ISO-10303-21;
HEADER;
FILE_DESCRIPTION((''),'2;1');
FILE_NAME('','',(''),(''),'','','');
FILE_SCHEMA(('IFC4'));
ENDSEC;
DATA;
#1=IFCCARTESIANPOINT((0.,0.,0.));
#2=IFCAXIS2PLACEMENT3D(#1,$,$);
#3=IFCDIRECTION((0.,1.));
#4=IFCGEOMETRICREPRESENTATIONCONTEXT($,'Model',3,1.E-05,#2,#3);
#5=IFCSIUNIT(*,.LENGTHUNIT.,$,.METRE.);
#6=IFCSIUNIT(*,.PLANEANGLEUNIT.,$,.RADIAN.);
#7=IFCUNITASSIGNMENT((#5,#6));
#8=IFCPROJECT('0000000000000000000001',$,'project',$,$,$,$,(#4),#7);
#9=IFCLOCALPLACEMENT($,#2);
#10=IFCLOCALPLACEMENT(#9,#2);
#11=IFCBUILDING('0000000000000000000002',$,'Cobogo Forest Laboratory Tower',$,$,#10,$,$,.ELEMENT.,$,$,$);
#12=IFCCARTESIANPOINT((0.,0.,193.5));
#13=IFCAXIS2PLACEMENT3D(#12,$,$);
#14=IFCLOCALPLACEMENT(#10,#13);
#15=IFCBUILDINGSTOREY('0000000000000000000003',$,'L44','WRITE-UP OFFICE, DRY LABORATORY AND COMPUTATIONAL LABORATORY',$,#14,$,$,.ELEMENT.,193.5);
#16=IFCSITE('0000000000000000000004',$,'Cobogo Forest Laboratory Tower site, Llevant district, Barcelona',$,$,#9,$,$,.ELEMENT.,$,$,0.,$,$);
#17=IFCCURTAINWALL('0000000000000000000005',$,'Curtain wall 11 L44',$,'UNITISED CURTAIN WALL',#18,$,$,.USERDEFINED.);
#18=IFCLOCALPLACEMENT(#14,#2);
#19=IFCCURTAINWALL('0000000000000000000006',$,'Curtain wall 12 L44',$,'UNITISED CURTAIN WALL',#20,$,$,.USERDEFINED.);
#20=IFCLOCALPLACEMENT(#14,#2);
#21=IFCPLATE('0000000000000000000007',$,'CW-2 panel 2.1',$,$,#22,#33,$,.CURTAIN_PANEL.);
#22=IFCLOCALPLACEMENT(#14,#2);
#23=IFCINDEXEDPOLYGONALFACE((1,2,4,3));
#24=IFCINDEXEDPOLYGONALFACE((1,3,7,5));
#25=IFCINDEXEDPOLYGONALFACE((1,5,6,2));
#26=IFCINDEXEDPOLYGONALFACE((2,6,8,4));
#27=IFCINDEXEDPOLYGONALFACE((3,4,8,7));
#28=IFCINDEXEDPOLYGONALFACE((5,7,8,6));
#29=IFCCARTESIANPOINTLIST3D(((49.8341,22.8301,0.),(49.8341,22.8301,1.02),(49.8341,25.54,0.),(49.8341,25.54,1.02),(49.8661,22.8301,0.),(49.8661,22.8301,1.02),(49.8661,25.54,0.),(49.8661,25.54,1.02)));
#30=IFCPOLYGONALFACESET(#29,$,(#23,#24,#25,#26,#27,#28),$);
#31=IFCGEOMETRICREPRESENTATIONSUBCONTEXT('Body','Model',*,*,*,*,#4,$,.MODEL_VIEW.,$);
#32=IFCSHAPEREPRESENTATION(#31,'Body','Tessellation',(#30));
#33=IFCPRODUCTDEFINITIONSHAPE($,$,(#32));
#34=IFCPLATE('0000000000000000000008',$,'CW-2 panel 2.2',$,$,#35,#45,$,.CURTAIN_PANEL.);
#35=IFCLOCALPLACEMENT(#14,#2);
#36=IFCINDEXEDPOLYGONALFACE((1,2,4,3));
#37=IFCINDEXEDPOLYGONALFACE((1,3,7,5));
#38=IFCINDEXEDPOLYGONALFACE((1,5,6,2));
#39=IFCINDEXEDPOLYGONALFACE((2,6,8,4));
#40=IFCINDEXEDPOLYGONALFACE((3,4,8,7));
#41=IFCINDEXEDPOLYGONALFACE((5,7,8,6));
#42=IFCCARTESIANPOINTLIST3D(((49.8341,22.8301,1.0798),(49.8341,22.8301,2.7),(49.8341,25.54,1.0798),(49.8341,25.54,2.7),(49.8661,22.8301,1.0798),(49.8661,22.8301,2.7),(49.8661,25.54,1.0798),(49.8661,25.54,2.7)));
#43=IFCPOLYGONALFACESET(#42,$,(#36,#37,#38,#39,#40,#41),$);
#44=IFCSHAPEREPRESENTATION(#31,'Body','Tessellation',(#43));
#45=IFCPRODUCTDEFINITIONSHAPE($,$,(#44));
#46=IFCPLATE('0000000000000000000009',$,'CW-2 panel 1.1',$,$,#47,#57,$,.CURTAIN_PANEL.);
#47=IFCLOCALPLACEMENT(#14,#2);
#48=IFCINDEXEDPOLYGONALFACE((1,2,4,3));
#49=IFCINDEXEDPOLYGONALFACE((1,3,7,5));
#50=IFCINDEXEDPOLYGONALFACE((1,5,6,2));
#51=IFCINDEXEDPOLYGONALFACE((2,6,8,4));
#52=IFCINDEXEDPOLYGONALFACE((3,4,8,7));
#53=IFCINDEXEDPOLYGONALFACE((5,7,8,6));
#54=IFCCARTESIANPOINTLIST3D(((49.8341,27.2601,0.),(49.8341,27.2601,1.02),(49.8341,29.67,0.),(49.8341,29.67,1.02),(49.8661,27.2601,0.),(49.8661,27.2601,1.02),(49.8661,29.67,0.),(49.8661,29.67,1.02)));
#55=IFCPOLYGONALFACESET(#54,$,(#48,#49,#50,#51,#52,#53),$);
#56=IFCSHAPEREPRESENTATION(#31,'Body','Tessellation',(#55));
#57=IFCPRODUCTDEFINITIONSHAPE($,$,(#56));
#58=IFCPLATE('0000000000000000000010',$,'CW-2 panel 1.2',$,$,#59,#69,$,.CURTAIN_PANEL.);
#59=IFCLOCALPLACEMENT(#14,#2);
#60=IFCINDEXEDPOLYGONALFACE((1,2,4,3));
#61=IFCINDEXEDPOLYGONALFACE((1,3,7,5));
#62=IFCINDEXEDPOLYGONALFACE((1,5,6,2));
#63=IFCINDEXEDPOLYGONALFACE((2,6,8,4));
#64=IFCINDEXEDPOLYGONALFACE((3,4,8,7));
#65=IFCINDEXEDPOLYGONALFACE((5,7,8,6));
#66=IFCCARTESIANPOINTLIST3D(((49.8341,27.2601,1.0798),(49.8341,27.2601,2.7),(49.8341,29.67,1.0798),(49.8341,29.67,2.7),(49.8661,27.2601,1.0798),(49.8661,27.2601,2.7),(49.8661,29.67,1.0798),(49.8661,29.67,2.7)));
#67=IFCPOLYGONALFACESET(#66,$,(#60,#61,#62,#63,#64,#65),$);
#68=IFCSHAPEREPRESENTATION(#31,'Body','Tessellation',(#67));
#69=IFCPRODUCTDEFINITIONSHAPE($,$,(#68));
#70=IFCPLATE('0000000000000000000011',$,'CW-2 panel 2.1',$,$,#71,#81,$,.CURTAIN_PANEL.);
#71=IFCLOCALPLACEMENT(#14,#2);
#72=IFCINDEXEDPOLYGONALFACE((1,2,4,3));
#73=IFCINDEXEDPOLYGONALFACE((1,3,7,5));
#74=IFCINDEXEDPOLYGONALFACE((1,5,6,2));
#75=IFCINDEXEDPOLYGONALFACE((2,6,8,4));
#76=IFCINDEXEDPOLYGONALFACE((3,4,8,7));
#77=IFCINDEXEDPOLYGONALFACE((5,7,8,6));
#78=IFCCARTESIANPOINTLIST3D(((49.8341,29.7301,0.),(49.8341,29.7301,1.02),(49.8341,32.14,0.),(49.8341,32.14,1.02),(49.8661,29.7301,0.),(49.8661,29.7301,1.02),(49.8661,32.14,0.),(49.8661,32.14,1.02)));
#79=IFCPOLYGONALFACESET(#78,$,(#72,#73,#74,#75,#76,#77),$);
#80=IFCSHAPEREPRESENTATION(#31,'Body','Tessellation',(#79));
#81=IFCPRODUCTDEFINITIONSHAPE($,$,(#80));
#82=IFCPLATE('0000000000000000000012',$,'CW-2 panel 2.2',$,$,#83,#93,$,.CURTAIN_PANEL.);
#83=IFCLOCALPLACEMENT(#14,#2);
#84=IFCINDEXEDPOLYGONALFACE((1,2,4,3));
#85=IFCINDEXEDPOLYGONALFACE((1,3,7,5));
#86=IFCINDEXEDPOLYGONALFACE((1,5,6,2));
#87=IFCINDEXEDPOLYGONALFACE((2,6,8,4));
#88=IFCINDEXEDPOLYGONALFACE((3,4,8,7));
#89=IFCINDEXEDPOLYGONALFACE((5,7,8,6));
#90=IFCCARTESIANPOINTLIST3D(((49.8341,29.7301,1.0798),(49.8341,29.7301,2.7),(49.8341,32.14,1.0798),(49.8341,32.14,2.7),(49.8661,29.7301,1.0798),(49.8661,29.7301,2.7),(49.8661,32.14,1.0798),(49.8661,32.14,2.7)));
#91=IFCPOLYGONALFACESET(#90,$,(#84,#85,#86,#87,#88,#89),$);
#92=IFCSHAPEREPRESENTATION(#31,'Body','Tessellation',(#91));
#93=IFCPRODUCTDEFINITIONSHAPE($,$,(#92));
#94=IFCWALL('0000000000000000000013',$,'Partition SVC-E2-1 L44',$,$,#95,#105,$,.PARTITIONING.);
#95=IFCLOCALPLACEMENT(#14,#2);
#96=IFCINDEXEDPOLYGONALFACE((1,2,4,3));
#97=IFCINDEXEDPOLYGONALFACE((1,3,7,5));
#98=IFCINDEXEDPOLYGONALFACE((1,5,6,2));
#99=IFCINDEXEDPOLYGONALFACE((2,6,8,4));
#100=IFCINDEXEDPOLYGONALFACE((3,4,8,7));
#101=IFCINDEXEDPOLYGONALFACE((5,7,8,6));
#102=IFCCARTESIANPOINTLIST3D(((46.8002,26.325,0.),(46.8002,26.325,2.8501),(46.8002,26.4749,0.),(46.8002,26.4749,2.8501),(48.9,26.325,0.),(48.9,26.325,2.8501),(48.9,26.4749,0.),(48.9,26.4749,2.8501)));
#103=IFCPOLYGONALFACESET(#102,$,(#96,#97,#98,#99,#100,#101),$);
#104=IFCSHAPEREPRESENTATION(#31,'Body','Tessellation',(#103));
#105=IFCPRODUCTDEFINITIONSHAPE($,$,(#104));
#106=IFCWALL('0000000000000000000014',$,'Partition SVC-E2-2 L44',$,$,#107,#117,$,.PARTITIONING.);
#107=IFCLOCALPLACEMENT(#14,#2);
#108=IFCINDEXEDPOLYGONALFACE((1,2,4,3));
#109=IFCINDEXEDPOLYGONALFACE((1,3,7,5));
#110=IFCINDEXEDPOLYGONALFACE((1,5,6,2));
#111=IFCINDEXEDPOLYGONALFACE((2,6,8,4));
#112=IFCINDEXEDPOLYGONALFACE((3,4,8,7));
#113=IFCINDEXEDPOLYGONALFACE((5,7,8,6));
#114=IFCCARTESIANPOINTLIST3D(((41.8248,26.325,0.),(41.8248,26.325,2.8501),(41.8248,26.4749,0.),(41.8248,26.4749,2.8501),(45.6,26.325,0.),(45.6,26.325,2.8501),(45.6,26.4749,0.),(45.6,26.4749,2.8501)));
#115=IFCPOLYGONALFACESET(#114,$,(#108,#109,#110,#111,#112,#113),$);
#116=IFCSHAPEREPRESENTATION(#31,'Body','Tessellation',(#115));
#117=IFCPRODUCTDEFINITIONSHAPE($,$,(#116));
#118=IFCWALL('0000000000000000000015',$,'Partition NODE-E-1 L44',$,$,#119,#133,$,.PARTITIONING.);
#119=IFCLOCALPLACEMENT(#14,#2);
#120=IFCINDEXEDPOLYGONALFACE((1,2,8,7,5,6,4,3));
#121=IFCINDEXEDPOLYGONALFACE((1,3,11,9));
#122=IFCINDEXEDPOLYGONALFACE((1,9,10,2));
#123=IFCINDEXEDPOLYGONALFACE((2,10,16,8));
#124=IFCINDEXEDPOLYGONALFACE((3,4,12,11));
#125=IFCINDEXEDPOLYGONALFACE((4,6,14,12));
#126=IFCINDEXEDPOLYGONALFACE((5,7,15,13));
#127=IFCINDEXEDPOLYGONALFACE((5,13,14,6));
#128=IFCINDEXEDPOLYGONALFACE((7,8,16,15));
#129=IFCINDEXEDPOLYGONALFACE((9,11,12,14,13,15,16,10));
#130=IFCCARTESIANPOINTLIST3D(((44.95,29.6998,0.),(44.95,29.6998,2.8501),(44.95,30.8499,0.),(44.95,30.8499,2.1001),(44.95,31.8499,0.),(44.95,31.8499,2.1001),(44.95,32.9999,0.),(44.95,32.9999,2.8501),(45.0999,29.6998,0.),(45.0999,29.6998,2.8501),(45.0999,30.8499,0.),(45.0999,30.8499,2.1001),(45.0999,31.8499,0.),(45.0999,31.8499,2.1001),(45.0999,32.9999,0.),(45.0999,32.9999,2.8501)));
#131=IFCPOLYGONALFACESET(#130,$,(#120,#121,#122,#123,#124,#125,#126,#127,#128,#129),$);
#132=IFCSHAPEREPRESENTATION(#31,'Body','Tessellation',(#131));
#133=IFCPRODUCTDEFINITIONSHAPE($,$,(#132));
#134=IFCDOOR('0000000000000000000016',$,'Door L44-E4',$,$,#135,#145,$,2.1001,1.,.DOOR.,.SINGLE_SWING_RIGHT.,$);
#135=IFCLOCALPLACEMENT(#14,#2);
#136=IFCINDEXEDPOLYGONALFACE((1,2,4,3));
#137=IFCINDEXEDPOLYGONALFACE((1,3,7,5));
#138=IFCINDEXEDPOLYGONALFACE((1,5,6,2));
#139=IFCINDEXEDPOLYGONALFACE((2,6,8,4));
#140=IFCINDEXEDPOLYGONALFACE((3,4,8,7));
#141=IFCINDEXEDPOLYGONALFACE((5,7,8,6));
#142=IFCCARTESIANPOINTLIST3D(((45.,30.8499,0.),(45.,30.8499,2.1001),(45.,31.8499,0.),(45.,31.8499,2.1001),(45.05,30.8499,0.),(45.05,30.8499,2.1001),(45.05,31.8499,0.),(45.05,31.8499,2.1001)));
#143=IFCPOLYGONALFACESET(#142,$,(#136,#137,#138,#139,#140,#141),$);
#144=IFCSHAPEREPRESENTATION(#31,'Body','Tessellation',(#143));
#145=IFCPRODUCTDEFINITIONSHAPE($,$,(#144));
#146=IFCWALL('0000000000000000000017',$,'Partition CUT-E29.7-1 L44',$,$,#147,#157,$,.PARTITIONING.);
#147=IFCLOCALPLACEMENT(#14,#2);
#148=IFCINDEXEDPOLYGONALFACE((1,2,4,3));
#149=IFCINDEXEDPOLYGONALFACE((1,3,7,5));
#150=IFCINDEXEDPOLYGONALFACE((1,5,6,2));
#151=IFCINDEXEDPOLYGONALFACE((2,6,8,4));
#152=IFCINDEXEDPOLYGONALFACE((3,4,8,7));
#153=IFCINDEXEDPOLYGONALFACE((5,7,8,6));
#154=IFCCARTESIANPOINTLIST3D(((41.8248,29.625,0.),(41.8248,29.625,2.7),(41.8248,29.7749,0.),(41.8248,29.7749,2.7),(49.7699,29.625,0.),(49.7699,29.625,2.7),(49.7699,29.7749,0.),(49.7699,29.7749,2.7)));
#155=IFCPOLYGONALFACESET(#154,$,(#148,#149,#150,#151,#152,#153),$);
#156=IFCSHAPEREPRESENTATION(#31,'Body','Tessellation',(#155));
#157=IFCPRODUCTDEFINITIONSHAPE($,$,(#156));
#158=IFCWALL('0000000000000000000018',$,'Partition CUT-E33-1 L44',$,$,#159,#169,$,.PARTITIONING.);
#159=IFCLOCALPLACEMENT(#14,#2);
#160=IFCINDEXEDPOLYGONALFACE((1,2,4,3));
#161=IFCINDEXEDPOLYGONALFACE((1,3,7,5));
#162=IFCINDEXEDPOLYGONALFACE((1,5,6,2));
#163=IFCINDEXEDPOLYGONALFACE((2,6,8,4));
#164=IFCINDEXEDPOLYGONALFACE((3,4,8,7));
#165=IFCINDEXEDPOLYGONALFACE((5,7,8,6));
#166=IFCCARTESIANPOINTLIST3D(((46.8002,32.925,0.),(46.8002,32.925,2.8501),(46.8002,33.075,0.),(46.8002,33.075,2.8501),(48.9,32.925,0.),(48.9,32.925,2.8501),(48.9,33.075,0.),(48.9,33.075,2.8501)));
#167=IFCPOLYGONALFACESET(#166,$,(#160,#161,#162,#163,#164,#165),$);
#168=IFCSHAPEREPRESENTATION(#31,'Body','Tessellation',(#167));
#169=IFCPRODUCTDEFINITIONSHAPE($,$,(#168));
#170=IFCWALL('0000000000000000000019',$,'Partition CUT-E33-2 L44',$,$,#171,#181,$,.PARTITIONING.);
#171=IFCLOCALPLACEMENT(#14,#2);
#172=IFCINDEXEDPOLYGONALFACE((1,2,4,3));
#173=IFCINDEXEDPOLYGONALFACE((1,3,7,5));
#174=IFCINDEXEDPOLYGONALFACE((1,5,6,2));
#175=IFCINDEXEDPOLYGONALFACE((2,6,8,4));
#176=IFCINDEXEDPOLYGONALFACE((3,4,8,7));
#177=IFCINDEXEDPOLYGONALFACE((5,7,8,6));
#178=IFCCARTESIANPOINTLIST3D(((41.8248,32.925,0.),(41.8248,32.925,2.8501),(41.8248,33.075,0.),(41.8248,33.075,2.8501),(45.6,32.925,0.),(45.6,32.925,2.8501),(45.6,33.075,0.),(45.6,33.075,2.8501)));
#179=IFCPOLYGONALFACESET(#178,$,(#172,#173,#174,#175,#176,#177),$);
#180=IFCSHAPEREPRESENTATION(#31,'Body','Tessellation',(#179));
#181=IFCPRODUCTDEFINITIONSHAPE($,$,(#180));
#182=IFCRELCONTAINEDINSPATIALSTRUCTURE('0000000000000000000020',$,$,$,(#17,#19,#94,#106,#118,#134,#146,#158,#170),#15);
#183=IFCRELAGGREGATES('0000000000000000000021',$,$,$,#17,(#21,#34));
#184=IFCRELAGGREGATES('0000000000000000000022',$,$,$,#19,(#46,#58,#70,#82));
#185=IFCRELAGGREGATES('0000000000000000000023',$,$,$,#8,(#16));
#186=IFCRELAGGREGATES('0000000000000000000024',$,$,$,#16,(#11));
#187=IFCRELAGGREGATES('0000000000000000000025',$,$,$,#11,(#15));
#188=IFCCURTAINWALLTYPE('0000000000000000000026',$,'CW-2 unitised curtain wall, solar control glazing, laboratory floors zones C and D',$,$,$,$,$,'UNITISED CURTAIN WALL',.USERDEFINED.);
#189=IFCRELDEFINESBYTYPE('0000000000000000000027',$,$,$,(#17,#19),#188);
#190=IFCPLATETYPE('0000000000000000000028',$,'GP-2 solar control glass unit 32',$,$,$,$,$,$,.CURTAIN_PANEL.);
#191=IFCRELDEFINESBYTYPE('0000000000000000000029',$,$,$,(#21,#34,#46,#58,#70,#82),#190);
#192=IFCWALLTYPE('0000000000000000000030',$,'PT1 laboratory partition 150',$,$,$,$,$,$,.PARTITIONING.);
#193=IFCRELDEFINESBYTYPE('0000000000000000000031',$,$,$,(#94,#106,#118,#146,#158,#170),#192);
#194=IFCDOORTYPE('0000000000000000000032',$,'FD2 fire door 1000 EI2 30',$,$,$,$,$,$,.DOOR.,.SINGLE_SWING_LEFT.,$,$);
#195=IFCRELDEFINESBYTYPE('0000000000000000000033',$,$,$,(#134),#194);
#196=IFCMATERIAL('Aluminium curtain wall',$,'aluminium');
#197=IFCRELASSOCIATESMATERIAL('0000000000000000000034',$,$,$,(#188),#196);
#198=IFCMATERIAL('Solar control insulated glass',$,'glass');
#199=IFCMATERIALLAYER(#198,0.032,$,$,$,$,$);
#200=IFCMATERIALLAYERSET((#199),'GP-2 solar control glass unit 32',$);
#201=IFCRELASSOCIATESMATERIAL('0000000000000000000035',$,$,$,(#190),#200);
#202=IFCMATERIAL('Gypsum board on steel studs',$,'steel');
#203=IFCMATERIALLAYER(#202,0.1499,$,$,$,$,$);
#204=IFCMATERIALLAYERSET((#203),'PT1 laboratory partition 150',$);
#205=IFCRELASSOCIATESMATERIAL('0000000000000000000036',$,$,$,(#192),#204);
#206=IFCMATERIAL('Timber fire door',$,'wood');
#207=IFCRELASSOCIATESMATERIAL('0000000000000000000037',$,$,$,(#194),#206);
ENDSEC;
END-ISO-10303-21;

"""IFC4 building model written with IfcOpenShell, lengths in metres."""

from ifc_helpers import new_model, si_unit, direction, frame, frame_2d, origin, origin_2d, place, context, subcontext, project, spatial, rectangle, extrude, material, layer, layer_set, type_object, element, fill, aggregate, save


model = new_model("IFC4")

# Units and contexts
model_context = context("Model", 3, precision=1e-05, world=origin(), true_north=direction((0.0, 1.0)))
body_context = subcontext(model_context, "Body", "Model", "MODEL_VIEW")
ifc_project = project(units=[si_unit("LENGTHUNIT", "METRE"), si_unit("PLANEANGLEUNIT", "RADIAN")], contexts=[model_context])

# Site, building, storey
site_placement = place(None, origin())
site = spatial("IfcSite", under=ifc_project, at=site_placement, Name="Cobogo Forest Laboratory Tower site, Llevant district, Barcelona", CompositionType="ELEMENT", RefElevation=0.0)
building_placement = place(site_placement, origin())
building = spatial("IfcBuilding", under=site, at=building_placement, Name="Cobogo Forest Laboratory Tower", CompositionType="ELEMENT")
storey_placement = place(building_placement, frame((0.0, 0.0, 193.5)))
storey = spatial("IfcBuildingStorey", under=building, at=storey_placement, Name="L44", Description="WRITE-UP OFFICE, DRY LABORATORY AND COMPUTATIONAL LABORATORY", CompositionType="ELEMENT", Elevation=193.5)

# Curtain wall
ifc_material_1 = material(Name="Aluminium curtain wall", Category="aluminium")
curtain_wall_type = type_object("IfcCurtainWallType", Name="CW-2 unitised curtain wall, solar control glazing, laboratory floors zones C and D", ElementType="UNITISED CURTAIN WALL", PredefinedType="USERDEFINED", material=ifc_material_1)
curtain_wall_1_placement = place(storey_placement, origin())
curtain_wall_1 = element("IfcCurtainWall", 1, at=curtain_wall_1_placement, inside=storey, type_object=curtain_wall_type, Name="Curtain wall 11 L44", ObjectType="UNITISED CURTAIN WALL", PredefinedType="USERDEFINED")

# Curtain wall
curtain_wall_2_placement = place(storey_placement, origin())
curtain_wall_2 = element("IfcCurtainWall", 2, at=curtain_wall_2_placement, inside=storey, type_object=curtain_wall_type, Name="Curtain wall 12 L44", ObjectType="UNITISED CURTAIN WALL", PredefinedType="USERDEFINED")

# Plates
ifc_material_2 = material(Name="Solar control insulated glass", Category="glass")
ifc_layer_1 = layer(ifc_material_2, 0.032)
ifc_layer_set_1 = layer_set([ifc_layer_1], Name="GP-2 solar control glass unit 32")
plate_type_1 = type_object("IfcPlateType", Name="GP-2 solar control glass unit 32", PredefinedType="CURTAIN_PANEL", material=ifc_layer_set_1)
plate_1_placement = place(storey_placement, frame((49.8501, 24.1851, 0.0), z_axis=(0.0, 0.0, 1.0), x_axis=(0.0, 1.0, 0.0)))
plate_1 = element("IfcPlate", 3, at=plate_1_placement, type_object=plate_type_1, Name="CW-2 panel 2.1", PredefinedType="CURTAIN_PANEL", context=body_context, shape_type="SweptSolid", body=[
    extrude(rectangle(XDim=2.71, YDim=0.032, at=origin_2d()), origin(), (0.0, 0.0, 1.0), 1.02),
])
plate_2_placement = place(storey_placement, frame((49.8501, 24.1851, 1.0798), z_axis=(0.0, 0.0, 1.0), x_axis=(0.0, 1.0, 0.0)))
plate_2 = element("IfcPlate", 4, at=plate_2_placement, type_object=plate_type_1, Name="CW-2 panel 2.2", PredefinedType="CURTAIN_PANEL", context=body_context, shape_type="SweptSolid", body=[
    extrude(rectangle(XDim=2.71, YDim=0.032, at=origin_2d()), origin(), (0.0, 0.0, 1.0), 1.6201),
])
aggregate(curtain_wall_1, [plate_1, plate_2])
plate_3_placement = place(storey_placement, frame((49.8501, 28.4651, 0.0), z_axis=(0.0, 0.0, 1.0), x_axis=(0.0, 1.0, 0.0)))
plate_3 = element("IfcPlate", 5, at=plate_3_placement, type_object=plate_type_1, Name="CW-2 panel 1.1", PredefinedType="CURTAIN_PANEL", context=body_context, shape_type="SweptSolid", body=[
    extrude(rectangle(XDim=2.4099, YDim=0.032, at=origin_2d()), origin(), (0.0, 0.0, 1.0), 1.02),
])
plate_4_placement = place(storey_placement, frame((49.8501, 28.4651, 1.0798), z_axis=(0.0, 0.0, 1.0), x_axis=(0.0, 1.0, 0.0)))
plate_4 = element("IfcPlate", 6, at=plate_4_placement, type_object=plate_type_1, Name="CW-2 panel 1.2", PredefinedType="CURTAIN_PANEL", context=body_context, shape_type="SweptSolid", body=[
    extrude(rectangle(XDim=2.4099, YDim=0.032, at=origin_2d()), origin(), (0.0, 0.0, 1.0), 1.6201),
])
plate_5_placement = place(storey_placement, frame((49.8501, 30.9351, 0.0), z_axis=(0.0, 0.0, 1.0), x_axis=(0.0, 1.0, 0.0)))
plate_5 = element("IfcPlate", 7, at=plate_5_placement, type_object=plate_type_1, Name="CW-2 panel 2.1", PredefinedType="CURTAIN_PANEL", context=body_context, shape_type="SweptSolid", body=[
    extrude(rectangle(XDim=2.4099, YDim=0.032, at=origin_2d()), origin(), (0.0, 0.0, 1.0), 1.02),
])
plate_6_placement = place(storey_placement, frame((49.8501, 30.9351, 1.0798), z_axis=(0.0, 0.0, 1.0), x_axis=(0.0, 1.0, 0.0)))
plate_6 = element("IfcPlate", 8, at=plate_6_placement, type_object=plate_type_1, Name="CW-2 panel 2.2", PredefinedType="CURTAIN_PANEL", context=body_context, shape_type="SweptSolid", body=[
    extrude(rectangle(XDim=2.4099, YDim=0.032, at=origin_2d()), origin(), (0.0, 0.0, 1.0), 1.6201),
])
aggregate(curtain_wall_2, [plate_3, plate_4, plate_5, plate_6])

# Walls
ifc_material_3 = material(Name="Gypsum board on steel studs", Category="steel")
ifc_layer_2 = layer(ifc_material_3, 0.1499)
ifc_layer_set_2 = layer_set([ifc_layer_2], Name="PT1 laboratory partition 150")
wall_type = type_object("IfcWallType", Name="PT1 laboratory partition 150", PredefinedType="PARTITIONING", material=ifc_layer_set_2)
wall_1_placement = place(storey_placement, frame((48.8999, 26.3999, 0.0), z_axis=(0.0, 0.0, 1.0), x_axis=(-1.0, 0.0, 0.0)))
element("IfcWall", 9, at=wall_1_placement, inside=storey, type_object=wall_type, Name="Partition SVC-E2-1 L44", PredefinedType="PARTITIONING", context=body_context, shape_type="SweptSolid", body=[
    extrude(rectangle(XDim=2.0999, YDim=0.1499, at=frame_2d((1.0498, 0.0))), origin(), (0.0, 0.0, 1.0), 2.8501),
])
wall_2_placement = place(storey_placement, frame((45.6001, 26.3999, 0.0), z_axis=(0.0, 0.0, 1.0), x_axis=(-1.0, 0.0, 0.0)))
element("IfcWall", 10, at=wall_2_placement, inside=storey, type_object=wall_type, Name="Partition SVC-E2-2 L44", PredefinedType="PARTITIONING", context=body_context, shape_type="SweptSolid", body=[
    extrude(rectangle(XDim=3.7751, YDim=0.1499, at=frame_2d((1.8877, 0.0))), origin(), (0.0, 0.0, 1.0), 2.8501),
])

# Wall, opening, door
wall_3_placement = place(storey_placement, frame((45.0249, 29.7, 0.0), z_axis=(0.0, 0.0, 1.0), x_axis=(0.0, 1.0, 0.0)))
wall_3 = element("IfcWall", 11, at=wall_3_placement, inside=storey, type_object=wall_type, Name="Partition NODE-E-1 L44", PredefinedType="PARTITIONING", context=body_context, shape_type="SweptSolid", body=[
    extrude(rectangle(XDim=3.3, YDim=0.1499, at=frame_2d((1.6499, 0.0))), origin(), (0.0, 0.0, 1.0), 2.8501),
])
opening_placement = place(wall_3_placement, frame((1.1499, 0.0, 0.0)))
opening = element("IfcOpeningElement", 12, at=opening_placement, cuts=wall_3, PredefinedType="OPENING", context=body_context, shape_type="SweptSolid", body=[
    extrude(rectangle(XDim=1.0, YDim=2.1001, at=frame_2d((0.5, 1.05))), frame((0.0, 0.085, 0.0), z_axis=(0.0, -1.0, 0.0), x_axis=(1.0, 0.0, 0.0)), (0.0, 0.0, 1.0), 0.1699),
])
ifc_material_4 = material(Name="Timber fire door", Category="wood")
door_type = type_object("IfcDoorType", Name="FD2 fire door 1000 EI2 30", OperationType="SINGLE_SWING_LEFT", PredefinedType="DOOR", material=ifc_material_4)
door_placement = place(opening_placement, origin())
door = element("IfcDoor", 13, at=door_placement, inside=storey, type_object=door_type, Name="Door L44-E4", OperationType="SINGLE_SWING_RIGHT", OverallHeight=2.1001, OverallWidth=1.0, PredefinedType="DOOR", context=body_context, shape_type="SweptSolid", body=[
    extrude(rectangle(XDim=1.0, YDim=2.1001, at=frame_2d((0.5, 1.05))), frame((0.0, 0.0249, 0.0), z_axis=(0.0, -1.0, 0.0), x_axis=(1.0, 0.0, 0.0)), (0.0, 0.0, 1.0), 0.05),
])
fill(opening, door)

# Walls
wall_4_placement = place(storey_placement, frame((49.77, 29.7, 0.0), z_axis=(0.0, 0.0, 1.0), x_axis=(-1.0, 0.0, 0.0)))
element("IfcWall", 14, at=wall_4_placement, inside=storey, type_object=wall_type, Name="Partition CUT-E29.7-1 L44", PredefinedType="PARTITIONING", context=body_context, shape_type="SweptSolid", body=[
    extrude(rectangle(XDim=7.9451, YDim=0.1499, at=frame_2d((3.9727, 0.0))), origin(), (0.0, 0.0, 1.0), 2.7),
])
wall_5_placement = place(storey_placement, frame((48.8999, 33.0, 0.0), z_axis=(0.0, 0.0, 1.0), x_axis=(-1.0, 0.0, 0.0)))
element("IfcWall", 15, at=wall_5_placement, inside=storey, type_object=wall_type, Name="Partition CUT-E33-1 L44", PredefinedType="PARTITIONING", context=body_context, shape_type="SweptSolid", body=[
    extrude(rectangle(XDim=2.0999, YDim=0.1499, at=frame_2d((1.0498, 0.0))), origin(), (0.0, 0.0, 1.0), 2.8501),
])
wall_6_placement = place(storey_placement, frame((45.6001, 33.0, 0.0), z_axis=(0.0, 0.0, 1.0), x_axis=(-1.0, 0.0, 0.0)))
element("IfcWall", 16, at=wall_6_placement, inside=storey, type_object=wall_type, Name="Partition CUT-E33-2 L44", PredefinedType="PARTITIONING", context=body_context, shape_type="SweptSolid", body=[
    extrude(rectangle(XDim=3.7751, YDim=0.1499, at=frame_2d((1.8877, 0.0))), origin(), (0.0, 0.0, 1.0), 2.8501),
])

save(model, "model.ifc")
